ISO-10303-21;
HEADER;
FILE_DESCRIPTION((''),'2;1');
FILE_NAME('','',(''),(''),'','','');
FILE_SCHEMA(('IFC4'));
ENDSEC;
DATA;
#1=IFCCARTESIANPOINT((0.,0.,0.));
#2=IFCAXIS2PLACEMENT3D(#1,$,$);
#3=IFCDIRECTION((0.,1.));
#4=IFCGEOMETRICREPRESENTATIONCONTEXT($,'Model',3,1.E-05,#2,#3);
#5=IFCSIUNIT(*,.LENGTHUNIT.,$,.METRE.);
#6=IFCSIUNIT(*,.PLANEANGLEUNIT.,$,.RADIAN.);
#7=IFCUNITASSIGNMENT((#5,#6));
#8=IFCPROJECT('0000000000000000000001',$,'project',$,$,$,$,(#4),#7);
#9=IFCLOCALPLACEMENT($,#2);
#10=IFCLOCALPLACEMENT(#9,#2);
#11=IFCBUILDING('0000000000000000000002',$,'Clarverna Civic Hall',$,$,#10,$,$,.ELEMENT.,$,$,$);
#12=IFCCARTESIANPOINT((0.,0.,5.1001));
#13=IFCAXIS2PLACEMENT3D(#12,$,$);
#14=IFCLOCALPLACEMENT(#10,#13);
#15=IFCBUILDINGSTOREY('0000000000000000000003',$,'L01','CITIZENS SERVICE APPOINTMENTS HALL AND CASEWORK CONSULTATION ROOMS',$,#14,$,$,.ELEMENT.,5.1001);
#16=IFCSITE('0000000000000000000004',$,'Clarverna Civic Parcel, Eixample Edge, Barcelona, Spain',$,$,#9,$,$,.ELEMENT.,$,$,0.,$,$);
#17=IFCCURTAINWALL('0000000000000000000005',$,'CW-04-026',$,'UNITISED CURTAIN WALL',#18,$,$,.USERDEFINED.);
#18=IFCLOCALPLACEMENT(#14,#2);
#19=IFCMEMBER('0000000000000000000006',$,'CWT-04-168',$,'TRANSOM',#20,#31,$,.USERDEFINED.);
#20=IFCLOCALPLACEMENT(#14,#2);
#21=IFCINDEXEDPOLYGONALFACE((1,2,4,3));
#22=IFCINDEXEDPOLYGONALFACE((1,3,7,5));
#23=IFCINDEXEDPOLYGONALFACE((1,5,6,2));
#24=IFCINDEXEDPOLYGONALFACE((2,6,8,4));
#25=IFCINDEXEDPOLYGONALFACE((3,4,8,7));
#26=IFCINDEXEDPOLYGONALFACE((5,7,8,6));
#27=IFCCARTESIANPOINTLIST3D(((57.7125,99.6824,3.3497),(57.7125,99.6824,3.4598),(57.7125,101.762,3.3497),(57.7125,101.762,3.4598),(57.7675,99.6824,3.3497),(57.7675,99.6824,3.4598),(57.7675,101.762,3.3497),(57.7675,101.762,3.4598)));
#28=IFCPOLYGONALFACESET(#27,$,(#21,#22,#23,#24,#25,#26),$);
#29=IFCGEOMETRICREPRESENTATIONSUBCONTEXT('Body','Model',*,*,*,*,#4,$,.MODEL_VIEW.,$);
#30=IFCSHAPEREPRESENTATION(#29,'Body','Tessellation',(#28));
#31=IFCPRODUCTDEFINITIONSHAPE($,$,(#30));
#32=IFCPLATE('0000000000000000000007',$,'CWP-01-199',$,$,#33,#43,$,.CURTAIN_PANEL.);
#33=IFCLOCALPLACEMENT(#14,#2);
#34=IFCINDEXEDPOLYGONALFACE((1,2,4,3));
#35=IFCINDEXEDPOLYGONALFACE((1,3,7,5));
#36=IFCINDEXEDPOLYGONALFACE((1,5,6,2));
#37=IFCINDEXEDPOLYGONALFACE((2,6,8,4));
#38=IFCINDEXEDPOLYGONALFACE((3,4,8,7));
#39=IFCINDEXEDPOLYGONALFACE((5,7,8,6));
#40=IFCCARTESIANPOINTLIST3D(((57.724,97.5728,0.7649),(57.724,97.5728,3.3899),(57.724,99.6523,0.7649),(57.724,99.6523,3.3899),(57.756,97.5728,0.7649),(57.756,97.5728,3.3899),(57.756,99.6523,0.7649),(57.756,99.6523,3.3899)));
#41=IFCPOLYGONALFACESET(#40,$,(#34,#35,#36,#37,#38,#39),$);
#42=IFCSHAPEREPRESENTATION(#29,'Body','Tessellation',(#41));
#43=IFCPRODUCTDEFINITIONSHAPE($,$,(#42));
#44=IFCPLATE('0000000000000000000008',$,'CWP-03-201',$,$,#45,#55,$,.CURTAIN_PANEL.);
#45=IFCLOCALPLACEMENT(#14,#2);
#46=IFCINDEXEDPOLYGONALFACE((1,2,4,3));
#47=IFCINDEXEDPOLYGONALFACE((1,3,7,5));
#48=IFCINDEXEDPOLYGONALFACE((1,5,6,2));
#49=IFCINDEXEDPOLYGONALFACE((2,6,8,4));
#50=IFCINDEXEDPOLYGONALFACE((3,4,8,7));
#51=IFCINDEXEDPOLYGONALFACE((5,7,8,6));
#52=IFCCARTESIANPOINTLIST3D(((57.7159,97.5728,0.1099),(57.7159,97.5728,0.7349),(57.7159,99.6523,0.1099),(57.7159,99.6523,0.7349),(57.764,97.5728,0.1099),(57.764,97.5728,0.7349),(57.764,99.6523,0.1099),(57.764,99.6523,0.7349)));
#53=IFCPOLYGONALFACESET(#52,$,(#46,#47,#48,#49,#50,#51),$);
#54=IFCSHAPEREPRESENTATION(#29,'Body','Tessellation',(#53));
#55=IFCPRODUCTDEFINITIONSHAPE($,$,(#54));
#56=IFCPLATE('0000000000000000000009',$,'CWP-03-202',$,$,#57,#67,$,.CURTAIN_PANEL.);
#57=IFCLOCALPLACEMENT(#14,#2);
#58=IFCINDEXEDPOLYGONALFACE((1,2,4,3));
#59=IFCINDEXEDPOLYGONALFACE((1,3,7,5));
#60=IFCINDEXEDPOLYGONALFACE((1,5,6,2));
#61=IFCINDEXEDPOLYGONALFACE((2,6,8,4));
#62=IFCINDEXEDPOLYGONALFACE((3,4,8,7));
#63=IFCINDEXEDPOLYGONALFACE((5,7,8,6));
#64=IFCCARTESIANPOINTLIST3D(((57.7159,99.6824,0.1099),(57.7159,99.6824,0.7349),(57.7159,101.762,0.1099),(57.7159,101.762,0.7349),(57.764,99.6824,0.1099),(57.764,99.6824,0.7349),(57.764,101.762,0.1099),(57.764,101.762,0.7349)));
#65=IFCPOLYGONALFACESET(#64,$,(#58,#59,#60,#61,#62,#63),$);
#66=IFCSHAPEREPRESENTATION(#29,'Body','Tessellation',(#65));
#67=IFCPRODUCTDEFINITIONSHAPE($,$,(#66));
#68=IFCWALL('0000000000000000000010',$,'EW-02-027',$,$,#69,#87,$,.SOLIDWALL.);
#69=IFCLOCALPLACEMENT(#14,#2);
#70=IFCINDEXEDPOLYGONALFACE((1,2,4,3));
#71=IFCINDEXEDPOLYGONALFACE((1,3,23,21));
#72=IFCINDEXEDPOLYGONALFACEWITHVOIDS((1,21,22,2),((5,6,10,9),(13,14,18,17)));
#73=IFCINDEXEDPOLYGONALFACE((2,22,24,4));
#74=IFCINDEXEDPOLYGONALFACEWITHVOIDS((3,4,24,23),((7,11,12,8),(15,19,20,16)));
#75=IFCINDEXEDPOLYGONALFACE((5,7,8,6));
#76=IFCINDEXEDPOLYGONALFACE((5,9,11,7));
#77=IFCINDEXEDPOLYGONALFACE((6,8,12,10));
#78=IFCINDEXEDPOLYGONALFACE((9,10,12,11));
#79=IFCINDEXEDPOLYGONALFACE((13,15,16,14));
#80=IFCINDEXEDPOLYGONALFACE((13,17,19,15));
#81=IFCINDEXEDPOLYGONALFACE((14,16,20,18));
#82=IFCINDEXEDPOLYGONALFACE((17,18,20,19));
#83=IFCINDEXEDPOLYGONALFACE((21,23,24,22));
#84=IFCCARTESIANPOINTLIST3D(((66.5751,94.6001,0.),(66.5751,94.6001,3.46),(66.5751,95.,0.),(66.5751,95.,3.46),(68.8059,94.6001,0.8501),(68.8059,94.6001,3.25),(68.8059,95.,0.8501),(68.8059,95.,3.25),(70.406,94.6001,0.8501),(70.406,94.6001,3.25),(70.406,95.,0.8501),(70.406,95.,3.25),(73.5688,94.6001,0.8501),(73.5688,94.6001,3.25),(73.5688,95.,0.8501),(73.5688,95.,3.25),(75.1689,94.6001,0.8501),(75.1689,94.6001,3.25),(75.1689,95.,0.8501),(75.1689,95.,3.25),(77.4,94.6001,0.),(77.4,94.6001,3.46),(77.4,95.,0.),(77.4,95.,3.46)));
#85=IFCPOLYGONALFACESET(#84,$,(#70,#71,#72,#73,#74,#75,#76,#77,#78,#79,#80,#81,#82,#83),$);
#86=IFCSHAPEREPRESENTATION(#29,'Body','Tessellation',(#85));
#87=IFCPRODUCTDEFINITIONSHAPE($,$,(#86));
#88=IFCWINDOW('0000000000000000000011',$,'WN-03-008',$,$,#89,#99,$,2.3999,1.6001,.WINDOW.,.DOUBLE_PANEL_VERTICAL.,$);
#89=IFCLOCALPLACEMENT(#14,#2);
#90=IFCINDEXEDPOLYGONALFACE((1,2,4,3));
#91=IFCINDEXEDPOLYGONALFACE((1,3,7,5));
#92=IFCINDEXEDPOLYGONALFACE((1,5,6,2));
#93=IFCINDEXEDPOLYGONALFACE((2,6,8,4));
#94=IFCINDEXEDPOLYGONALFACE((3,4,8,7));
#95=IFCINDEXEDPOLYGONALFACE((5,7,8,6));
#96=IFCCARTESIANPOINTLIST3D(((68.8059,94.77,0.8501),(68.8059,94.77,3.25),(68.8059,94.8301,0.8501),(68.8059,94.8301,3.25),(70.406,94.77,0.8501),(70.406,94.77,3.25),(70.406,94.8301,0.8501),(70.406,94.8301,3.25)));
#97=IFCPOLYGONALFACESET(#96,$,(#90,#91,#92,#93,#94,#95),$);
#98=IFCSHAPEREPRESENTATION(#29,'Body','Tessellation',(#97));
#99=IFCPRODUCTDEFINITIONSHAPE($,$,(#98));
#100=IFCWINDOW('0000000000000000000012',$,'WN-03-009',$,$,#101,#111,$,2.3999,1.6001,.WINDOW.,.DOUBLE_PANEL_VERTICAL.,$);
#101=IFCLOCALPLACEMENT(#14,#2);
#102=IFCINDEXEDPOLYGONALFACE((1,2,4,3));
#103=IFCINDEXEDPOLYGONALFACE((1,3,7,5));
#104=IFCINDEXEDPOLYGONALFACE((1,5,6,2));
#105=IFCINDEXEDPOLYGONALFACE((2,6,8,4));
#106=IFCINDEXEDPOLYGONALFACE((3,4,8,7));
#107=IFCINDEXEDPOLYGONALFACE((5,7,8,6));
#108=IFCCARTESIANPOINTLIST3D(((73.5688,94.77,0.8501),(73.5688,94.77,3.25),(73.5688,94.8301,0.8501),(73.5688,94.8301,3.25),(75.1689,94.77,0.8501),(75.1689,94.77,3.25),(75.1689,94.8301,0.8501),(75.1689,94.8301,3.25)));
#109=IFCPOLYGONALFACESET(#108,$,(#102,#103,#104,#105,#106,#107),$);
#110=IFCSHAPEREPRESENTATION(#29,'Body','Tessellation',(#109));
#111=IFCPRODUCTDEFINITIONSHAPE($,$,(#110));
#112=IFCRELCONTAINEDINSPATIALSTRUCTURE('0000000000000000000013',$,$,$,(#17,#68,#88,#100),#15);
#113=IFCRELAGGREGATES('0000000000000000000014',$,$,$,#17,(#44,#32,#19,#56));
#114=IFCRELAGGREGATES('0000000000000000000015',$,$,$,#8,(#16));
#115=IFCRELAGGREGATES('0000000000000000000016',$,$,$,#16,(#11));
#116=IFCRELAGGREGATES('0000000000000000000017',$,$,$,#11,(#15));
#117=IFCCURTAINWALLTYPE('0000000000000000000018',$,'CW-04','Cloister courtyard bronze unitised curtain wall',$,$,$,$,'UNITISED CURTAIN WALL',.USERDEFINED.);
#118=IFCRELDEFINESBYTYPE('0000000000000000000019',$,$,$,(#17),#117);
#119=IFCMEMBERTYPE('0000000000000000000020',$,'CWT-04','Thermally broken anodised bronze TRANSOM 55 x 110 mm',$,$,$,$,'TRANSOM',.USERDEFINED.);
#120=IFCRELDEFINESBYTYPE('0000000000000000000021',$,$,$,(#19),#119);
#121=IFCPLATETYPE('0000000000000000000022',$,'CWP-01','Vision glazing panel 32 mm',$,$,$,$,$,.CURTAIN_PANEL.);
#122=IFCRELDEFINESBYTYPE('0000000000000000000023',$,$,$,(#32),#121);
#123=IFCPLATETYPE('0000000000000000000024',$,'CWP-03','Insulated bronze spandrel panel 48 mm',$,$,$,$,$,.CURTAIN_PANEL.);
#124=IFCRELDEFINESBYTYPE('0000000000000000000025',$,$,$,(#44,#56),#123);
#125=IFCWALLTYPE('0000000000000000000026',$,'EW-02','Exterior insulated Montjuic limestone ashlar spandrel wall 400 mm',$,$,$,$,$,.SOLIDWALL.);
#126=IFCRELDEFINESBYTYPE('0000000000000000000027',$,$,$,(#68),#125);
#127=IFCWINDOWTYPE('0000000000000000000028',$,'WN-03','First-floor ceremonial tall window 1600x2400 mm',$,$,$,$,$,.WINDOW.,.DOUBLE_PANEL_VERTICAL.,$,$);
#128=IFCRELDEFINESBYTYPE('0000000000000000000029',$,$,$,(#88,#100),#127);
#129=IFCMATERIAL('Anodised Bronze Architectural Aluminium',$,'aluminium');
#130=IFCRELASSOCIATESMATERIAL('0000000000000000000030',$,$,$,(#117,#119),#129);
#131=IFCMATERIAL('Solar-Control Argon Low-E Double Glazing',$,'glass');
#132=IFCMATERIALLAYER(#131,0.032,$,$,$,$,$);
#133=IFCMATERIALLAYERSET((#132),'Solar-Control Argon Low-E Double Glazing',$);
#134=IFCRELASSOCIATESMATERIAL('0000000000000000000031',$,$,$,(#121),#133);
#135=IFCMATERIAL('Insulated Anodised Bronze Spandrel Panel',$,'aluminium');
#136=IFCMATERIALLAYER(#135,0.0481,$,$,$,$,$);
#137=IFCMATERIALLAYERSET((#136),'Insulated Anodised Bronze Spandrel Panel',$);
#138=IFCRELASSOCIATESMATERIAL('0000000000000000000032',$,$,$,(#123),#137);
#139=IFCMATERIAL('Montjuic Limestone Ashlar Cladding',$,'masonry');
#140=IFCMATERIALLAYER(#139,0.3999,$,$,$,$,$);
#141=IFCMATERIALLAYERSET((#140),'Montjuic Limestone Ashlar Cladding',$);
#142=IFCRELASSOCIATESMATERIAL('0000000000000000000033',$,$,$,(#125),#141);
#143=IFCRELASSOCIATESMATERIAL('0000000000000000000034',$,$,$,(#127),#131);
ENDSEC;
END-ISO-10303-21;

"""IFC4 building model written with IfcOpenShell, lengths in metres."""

from ifc_helpers import new_model, si_unit, direction, frame, frame_2d, origin, origin_2d, place, context, subcontext, project, spatial, rectangle, extrude, material, layer, layer_set, material_profile, profile_set, type_object, element, fill, aggregate, save


model = new_model("IFC4")

# Units and contexts
model_context = context("Model", 3, precision=1e-05, world=origin(), true_north=direction((0.0, 1.0)))
body_context = subcontext(model_context, "Body", "Model", "MODEL_VIEW")
ifc_project = project(units=[si_unit("LENGTHUNIT", "METRE"), si_unit("PLANEANGLEUNIT", "RADIAN")], contexts=[model_context])

# Site, building, storey
site_placement = place(None, origin())
site = spatial("IfcSite", under=ifc_project, at=site_placement, Name="Clarverna Civic Parcel, Eixample Edge, Barcelona, Spain", CompositionType="ELEMENT", RefElevation=0.0)
building_placement = place(site_placement, origin())
building = spatial("IfcBuilding", under=site, at=building_placement, Name="Clarverna Civic Hall", CompositionType="ELEMENT")
storey_placement = place(building_placement, frame((0.0, 0.0, 5.1001)))
storey = spatial("IfcBuildingStorey", under=building, at=storey_placement, Name="L01", Description="CITIZENS SERVICE APPOINTMENTS HALL AND CASEWORK CONSULTATION ROOMS", CompositionType="ELEMENT", Elevation=5.1001)

# Curtain wall, member, plates
ifc_material_1 = material(Name="Anodised Bronze Architectural Aluminium", Category="aluminium")
curtain_wall_type = type_object("IfcCurtainWallType", Name="CW-04", Description="Cloister courtyard bronze unitised curtain wall", ElementType="UNITISED CURTAIN WALL", PredefinedType="USERDEFINED", material=ifc_material_1)
curtain_wall_placement = place(storey_placement, origin())
curtain_wall = element("IfcCurtainWall", 1, at=curtain_wall_placement, inside=storey, type_object=curtain_wall_type, Name="CW-04-026", ObjectType="UNITISED CURTAIN WALL", PredefinedType="USERDEFINED")
ifc_material_profile_1 = material_profile(ifc_material_1, rectangle(XDim=0.0549, YDim=0.1101, at=origin_2d()), Name="BRONZE 55x110")
ifc_profile_set_1 = profile_set([ifc_material_profile_1], Name="Anodised Bronze Architectural Aluminium")
member_type_1 = type_object("IfcMemberType", Name="CWT-04", Description="Thermally broken anodised bronze TRANSOM 55 x 110 mm", ElementType="TRANSOM", PredefinedType="USERDEFINED", material=ifc_profile_set_1)
member_1_placement = place(storey_placement, frame((57.74, 99.6824, 3.4048), z_axis=(0.0, 1.0, 0.0), x_axis=(-1.0, 0.0, 0.0)))
member_1 = element("IfcMember", 2, at=member_1_placement, type_object=member_type_1, Name="CWT-04-168", ObjectType="TRANSOM", PredefinedType="USERDEFINED", context=body_context, shape_type="SweptSolid", body=[
    extrude(rectangle(XDim=0.0549, YDim=0.1101, at=origin_2d()), origin(), (0.0, 0.0, 1.0), 2.0796),
])
ifc_material_2 = material(Name="Solar-Control Argon Low-E Double Glazing", Category="glass")
ifc_layer_1 = layer(ifc_material_2, 0.032)
ifc_layer_set_1 = layer_set([ifc_layer_1], Name="Solar-Control Argon Low-E Double Glazing")
plate_type_1 = type_object("IfcPlateType", Name="CWP-01", Description="Vision glazing panel 32 mm", PredefinedType="CURTAIN_PANEL", material=ifc_layer_set_1)
plate_1_placement = place(storey_placement, frame((57.74, 97.5728, 0.7649), z_axis=(0.0, 0.0, 1.0), x_axis=(0.0, 1.0, 0.0)))
plate_1 = element("IfcPlate", 3, at=plate_1_placement, type_object=plate_type_1, Name="CWP-01-199", PredefinedType="CURTAIN_PANEL", context=body_context, shape_type="SweptSolid", body=[
    extrude(rectangle(XDim=2.0796, YDim=0.032, at=frame_2d((1.0398, 0.0))), origin(), (0.0, 0.0, 1.0), 2.625),
])
ifc_material_3 = material(Name="Insulated Anodised Bronze Spandrel Panel", Category="aluminium")
ifc_layer_2 = layer(ifc_material_3, 0.0481)
ifc_layer_set_2 = layer_set([ifc_layer_2], Name="Insulated Anodised Bronze Spandrel Panel")
plate_type_2 = type_object("IfcPlateType", Name="CWP-03", Description="Insulated bronze spandrel panel 48 mm", PredefinedType="CURTAIN_PANEL", material=ifc_layer_set_2)
plate_2_placement = place(storey_placement, frame((57.74, 97.5728, 0.1099), z_axis=(0.0, 0.0, 1.0), x_axis=(0.0, 1.0, 0.0)))
plate_2 = element("IfcPlate", 4, at=plate_2_placement, type_object=plate_type_2, Name="CWP-03-201", PredefinedType="CURTAIN_PANEL", context=body_context, shape_type="SweptSolid", body=[
    extrude(rectangle(XDim=2.0796, YDim=0.0481, at=frame_2d((1.0398, 0.0))), origin(), (0.0, 0.0, 1.0), 0.625),
])
plate_3_placement = place(storey_placement, frame((57.74, 99.6824, 0.1099), z_axis=(0.0, 0.0, 1.0), x_axis=(0.0, 1.0, 0.0)))
plate_3 = element("IfcPlate", 5, at=plate_3_placement, type_object=plate_type_2, Name="CWP-03-202", PredefinedType="CURTAIN_PANEL", context=body_context, shape_type="SweptSolid", body=[
    extrude(rectangle(XDim=2.0796, YDim=0.0481, at=frame_2d((1.0398, 0.0))), origin(), (0.0, 0.0, 1.0), 0.625),
])
aggregate(curtain_wall, [plate_2, plate_1, member_1, plate_3])

# Wall, openings, windows
ifc_material_4 = material(Name="Montjuic Limestone Ashlar Cladding", Category="masonry")
ifc_layer_3 = layer(ifc_material_4, 0.3999)
ifc_layer_set_3 = layer_set([ifc_layer_3], Name="Montjuic Limestone Ashlar Cladding")
wall_type = type_object("IfcWallType", Name="EW-02", Description="Exterior insulated Montjuic limestone ashlar spandrel wall 400 mm", PredefinedType="SOLIDWALL", material=ifc_layer_set_3)
wall_placement = place(storey_placement, frame((66.575, 94.8, 0.0), z_axis=(0.0, 0.0, 1.0), x_axis=(1.0, 0.0, 0.0)))
wall = element("IfcWall", 6, at=wall_placement, inside=storey, type_object=wall_type, Name="EW-02-027", PredefinedType="SOLIDWALL", context=body_context, shape_type="SweptSolid", body=[
    extrude(rectangle(XDim=10.825, YDim=0.3999, at=frame_2d((5.4126, 0.0))), origin(), (0.0, 0.0, 1.0), 3.46),
])
opening_1_placement = place(wall_placement, frame((2.231, 0.0, 0.8501)))
opening_1 = element("IfcOpeningElement", 7, at=opening_1_placement, cuts=wall, PredefinedType="OPENING", context=body_context, shape_type="SweptSolid", body=[
    extrude(rectangle(XDim=1.6001, YDim=2.3999, at=frame_2d((0.8, 1.2))), frame((0.0, 0.21, 0.0), z_axis=(0.0, -1.0, 0.0), x_axis=(1.0, 0.0, 0.0)), (0.0, 0.0, 1.0), 0.4199),
])
opening_2_placement = place(wall_placement, frame((6.9939, 0.0, 0.8501)))
opening_2 = element("IfcOpeningElement", 8, at=opening_2_placement, cuts=wall, PredefinedType="OPENING", context=body_context, shape_type="SweptSolid", body=[
    extrude(rectangle(XDim=1.6001, YDim=2.3999, at=frame_2d((0.8, 1.2))), frame((0.0, 0.21, 0.0), z_axis=(0.0, -1.0, 0.0), x_axis=(1.0, 0.0, 0.0)), (0.0, 0.0, 1.0), 0.4199),
])
window_type = type_object("IfcWindowType", Name="WN-03", Description="First-floor ceremonial tall window 1600x2400 mm", PartitioningType="DOUBLE_PANEL_VERTICAL", PredefinedType="WINDOW", material=ifc_material_2)
window_1_placement = place(opening_1_placement, origin())
window_1 = element("IfcWindow", 9, at=window_1_placement, inside=storey, type_object=window_type, Name="WN-03-008", OverallHeight=2.3999, OverallWidth=1.6001, PartitioningType="DOUBLE_PANEL_VERTICAL", PredefinedType="WINDOW", context=body_context, shape_type="SweptSolid", body=[
    extrude(rectangle(XDim=1.6001, YDim=2.3999, at=frame_2d((0.8, 1.2))), frame((0.0, 0.03, 0.0), z_axis=(0.0, -1.0, 0.0), x_axis=(1.0, 0.0, 0.0)), (0.0, 0.0, 1.0), 0.0601),
])
fill(opening_1, window_1)
window_2_placement = place(opening_2_placement, origin())
window_2 = element("IfcWindow", 10, at=window_2_placement, inside=storey, type_object=window_type, Name="WN-03-009", OverallHeight=2.3999, OverallWidth=1.6001, PartitioningType="DOUBLE_PANEL_VERTICAL", PredefinedType="WINDOW", context=body_context, shape_type="SweptSolid", body=[
    extrude(rectangle(XDim=1.6001, YDim=2.3999, at=frame_2d((0.8, 1.2))), frame((0.0, 0.03, 0.0), z_axis=(0.0, -1.0, 0.0), x_axis=(1.0, 0.0, 0.0)), (0.0, 0.0, 1.0), 0.0601),
])
fill(opening_2, window_2)

save(model, "model.ifc")
